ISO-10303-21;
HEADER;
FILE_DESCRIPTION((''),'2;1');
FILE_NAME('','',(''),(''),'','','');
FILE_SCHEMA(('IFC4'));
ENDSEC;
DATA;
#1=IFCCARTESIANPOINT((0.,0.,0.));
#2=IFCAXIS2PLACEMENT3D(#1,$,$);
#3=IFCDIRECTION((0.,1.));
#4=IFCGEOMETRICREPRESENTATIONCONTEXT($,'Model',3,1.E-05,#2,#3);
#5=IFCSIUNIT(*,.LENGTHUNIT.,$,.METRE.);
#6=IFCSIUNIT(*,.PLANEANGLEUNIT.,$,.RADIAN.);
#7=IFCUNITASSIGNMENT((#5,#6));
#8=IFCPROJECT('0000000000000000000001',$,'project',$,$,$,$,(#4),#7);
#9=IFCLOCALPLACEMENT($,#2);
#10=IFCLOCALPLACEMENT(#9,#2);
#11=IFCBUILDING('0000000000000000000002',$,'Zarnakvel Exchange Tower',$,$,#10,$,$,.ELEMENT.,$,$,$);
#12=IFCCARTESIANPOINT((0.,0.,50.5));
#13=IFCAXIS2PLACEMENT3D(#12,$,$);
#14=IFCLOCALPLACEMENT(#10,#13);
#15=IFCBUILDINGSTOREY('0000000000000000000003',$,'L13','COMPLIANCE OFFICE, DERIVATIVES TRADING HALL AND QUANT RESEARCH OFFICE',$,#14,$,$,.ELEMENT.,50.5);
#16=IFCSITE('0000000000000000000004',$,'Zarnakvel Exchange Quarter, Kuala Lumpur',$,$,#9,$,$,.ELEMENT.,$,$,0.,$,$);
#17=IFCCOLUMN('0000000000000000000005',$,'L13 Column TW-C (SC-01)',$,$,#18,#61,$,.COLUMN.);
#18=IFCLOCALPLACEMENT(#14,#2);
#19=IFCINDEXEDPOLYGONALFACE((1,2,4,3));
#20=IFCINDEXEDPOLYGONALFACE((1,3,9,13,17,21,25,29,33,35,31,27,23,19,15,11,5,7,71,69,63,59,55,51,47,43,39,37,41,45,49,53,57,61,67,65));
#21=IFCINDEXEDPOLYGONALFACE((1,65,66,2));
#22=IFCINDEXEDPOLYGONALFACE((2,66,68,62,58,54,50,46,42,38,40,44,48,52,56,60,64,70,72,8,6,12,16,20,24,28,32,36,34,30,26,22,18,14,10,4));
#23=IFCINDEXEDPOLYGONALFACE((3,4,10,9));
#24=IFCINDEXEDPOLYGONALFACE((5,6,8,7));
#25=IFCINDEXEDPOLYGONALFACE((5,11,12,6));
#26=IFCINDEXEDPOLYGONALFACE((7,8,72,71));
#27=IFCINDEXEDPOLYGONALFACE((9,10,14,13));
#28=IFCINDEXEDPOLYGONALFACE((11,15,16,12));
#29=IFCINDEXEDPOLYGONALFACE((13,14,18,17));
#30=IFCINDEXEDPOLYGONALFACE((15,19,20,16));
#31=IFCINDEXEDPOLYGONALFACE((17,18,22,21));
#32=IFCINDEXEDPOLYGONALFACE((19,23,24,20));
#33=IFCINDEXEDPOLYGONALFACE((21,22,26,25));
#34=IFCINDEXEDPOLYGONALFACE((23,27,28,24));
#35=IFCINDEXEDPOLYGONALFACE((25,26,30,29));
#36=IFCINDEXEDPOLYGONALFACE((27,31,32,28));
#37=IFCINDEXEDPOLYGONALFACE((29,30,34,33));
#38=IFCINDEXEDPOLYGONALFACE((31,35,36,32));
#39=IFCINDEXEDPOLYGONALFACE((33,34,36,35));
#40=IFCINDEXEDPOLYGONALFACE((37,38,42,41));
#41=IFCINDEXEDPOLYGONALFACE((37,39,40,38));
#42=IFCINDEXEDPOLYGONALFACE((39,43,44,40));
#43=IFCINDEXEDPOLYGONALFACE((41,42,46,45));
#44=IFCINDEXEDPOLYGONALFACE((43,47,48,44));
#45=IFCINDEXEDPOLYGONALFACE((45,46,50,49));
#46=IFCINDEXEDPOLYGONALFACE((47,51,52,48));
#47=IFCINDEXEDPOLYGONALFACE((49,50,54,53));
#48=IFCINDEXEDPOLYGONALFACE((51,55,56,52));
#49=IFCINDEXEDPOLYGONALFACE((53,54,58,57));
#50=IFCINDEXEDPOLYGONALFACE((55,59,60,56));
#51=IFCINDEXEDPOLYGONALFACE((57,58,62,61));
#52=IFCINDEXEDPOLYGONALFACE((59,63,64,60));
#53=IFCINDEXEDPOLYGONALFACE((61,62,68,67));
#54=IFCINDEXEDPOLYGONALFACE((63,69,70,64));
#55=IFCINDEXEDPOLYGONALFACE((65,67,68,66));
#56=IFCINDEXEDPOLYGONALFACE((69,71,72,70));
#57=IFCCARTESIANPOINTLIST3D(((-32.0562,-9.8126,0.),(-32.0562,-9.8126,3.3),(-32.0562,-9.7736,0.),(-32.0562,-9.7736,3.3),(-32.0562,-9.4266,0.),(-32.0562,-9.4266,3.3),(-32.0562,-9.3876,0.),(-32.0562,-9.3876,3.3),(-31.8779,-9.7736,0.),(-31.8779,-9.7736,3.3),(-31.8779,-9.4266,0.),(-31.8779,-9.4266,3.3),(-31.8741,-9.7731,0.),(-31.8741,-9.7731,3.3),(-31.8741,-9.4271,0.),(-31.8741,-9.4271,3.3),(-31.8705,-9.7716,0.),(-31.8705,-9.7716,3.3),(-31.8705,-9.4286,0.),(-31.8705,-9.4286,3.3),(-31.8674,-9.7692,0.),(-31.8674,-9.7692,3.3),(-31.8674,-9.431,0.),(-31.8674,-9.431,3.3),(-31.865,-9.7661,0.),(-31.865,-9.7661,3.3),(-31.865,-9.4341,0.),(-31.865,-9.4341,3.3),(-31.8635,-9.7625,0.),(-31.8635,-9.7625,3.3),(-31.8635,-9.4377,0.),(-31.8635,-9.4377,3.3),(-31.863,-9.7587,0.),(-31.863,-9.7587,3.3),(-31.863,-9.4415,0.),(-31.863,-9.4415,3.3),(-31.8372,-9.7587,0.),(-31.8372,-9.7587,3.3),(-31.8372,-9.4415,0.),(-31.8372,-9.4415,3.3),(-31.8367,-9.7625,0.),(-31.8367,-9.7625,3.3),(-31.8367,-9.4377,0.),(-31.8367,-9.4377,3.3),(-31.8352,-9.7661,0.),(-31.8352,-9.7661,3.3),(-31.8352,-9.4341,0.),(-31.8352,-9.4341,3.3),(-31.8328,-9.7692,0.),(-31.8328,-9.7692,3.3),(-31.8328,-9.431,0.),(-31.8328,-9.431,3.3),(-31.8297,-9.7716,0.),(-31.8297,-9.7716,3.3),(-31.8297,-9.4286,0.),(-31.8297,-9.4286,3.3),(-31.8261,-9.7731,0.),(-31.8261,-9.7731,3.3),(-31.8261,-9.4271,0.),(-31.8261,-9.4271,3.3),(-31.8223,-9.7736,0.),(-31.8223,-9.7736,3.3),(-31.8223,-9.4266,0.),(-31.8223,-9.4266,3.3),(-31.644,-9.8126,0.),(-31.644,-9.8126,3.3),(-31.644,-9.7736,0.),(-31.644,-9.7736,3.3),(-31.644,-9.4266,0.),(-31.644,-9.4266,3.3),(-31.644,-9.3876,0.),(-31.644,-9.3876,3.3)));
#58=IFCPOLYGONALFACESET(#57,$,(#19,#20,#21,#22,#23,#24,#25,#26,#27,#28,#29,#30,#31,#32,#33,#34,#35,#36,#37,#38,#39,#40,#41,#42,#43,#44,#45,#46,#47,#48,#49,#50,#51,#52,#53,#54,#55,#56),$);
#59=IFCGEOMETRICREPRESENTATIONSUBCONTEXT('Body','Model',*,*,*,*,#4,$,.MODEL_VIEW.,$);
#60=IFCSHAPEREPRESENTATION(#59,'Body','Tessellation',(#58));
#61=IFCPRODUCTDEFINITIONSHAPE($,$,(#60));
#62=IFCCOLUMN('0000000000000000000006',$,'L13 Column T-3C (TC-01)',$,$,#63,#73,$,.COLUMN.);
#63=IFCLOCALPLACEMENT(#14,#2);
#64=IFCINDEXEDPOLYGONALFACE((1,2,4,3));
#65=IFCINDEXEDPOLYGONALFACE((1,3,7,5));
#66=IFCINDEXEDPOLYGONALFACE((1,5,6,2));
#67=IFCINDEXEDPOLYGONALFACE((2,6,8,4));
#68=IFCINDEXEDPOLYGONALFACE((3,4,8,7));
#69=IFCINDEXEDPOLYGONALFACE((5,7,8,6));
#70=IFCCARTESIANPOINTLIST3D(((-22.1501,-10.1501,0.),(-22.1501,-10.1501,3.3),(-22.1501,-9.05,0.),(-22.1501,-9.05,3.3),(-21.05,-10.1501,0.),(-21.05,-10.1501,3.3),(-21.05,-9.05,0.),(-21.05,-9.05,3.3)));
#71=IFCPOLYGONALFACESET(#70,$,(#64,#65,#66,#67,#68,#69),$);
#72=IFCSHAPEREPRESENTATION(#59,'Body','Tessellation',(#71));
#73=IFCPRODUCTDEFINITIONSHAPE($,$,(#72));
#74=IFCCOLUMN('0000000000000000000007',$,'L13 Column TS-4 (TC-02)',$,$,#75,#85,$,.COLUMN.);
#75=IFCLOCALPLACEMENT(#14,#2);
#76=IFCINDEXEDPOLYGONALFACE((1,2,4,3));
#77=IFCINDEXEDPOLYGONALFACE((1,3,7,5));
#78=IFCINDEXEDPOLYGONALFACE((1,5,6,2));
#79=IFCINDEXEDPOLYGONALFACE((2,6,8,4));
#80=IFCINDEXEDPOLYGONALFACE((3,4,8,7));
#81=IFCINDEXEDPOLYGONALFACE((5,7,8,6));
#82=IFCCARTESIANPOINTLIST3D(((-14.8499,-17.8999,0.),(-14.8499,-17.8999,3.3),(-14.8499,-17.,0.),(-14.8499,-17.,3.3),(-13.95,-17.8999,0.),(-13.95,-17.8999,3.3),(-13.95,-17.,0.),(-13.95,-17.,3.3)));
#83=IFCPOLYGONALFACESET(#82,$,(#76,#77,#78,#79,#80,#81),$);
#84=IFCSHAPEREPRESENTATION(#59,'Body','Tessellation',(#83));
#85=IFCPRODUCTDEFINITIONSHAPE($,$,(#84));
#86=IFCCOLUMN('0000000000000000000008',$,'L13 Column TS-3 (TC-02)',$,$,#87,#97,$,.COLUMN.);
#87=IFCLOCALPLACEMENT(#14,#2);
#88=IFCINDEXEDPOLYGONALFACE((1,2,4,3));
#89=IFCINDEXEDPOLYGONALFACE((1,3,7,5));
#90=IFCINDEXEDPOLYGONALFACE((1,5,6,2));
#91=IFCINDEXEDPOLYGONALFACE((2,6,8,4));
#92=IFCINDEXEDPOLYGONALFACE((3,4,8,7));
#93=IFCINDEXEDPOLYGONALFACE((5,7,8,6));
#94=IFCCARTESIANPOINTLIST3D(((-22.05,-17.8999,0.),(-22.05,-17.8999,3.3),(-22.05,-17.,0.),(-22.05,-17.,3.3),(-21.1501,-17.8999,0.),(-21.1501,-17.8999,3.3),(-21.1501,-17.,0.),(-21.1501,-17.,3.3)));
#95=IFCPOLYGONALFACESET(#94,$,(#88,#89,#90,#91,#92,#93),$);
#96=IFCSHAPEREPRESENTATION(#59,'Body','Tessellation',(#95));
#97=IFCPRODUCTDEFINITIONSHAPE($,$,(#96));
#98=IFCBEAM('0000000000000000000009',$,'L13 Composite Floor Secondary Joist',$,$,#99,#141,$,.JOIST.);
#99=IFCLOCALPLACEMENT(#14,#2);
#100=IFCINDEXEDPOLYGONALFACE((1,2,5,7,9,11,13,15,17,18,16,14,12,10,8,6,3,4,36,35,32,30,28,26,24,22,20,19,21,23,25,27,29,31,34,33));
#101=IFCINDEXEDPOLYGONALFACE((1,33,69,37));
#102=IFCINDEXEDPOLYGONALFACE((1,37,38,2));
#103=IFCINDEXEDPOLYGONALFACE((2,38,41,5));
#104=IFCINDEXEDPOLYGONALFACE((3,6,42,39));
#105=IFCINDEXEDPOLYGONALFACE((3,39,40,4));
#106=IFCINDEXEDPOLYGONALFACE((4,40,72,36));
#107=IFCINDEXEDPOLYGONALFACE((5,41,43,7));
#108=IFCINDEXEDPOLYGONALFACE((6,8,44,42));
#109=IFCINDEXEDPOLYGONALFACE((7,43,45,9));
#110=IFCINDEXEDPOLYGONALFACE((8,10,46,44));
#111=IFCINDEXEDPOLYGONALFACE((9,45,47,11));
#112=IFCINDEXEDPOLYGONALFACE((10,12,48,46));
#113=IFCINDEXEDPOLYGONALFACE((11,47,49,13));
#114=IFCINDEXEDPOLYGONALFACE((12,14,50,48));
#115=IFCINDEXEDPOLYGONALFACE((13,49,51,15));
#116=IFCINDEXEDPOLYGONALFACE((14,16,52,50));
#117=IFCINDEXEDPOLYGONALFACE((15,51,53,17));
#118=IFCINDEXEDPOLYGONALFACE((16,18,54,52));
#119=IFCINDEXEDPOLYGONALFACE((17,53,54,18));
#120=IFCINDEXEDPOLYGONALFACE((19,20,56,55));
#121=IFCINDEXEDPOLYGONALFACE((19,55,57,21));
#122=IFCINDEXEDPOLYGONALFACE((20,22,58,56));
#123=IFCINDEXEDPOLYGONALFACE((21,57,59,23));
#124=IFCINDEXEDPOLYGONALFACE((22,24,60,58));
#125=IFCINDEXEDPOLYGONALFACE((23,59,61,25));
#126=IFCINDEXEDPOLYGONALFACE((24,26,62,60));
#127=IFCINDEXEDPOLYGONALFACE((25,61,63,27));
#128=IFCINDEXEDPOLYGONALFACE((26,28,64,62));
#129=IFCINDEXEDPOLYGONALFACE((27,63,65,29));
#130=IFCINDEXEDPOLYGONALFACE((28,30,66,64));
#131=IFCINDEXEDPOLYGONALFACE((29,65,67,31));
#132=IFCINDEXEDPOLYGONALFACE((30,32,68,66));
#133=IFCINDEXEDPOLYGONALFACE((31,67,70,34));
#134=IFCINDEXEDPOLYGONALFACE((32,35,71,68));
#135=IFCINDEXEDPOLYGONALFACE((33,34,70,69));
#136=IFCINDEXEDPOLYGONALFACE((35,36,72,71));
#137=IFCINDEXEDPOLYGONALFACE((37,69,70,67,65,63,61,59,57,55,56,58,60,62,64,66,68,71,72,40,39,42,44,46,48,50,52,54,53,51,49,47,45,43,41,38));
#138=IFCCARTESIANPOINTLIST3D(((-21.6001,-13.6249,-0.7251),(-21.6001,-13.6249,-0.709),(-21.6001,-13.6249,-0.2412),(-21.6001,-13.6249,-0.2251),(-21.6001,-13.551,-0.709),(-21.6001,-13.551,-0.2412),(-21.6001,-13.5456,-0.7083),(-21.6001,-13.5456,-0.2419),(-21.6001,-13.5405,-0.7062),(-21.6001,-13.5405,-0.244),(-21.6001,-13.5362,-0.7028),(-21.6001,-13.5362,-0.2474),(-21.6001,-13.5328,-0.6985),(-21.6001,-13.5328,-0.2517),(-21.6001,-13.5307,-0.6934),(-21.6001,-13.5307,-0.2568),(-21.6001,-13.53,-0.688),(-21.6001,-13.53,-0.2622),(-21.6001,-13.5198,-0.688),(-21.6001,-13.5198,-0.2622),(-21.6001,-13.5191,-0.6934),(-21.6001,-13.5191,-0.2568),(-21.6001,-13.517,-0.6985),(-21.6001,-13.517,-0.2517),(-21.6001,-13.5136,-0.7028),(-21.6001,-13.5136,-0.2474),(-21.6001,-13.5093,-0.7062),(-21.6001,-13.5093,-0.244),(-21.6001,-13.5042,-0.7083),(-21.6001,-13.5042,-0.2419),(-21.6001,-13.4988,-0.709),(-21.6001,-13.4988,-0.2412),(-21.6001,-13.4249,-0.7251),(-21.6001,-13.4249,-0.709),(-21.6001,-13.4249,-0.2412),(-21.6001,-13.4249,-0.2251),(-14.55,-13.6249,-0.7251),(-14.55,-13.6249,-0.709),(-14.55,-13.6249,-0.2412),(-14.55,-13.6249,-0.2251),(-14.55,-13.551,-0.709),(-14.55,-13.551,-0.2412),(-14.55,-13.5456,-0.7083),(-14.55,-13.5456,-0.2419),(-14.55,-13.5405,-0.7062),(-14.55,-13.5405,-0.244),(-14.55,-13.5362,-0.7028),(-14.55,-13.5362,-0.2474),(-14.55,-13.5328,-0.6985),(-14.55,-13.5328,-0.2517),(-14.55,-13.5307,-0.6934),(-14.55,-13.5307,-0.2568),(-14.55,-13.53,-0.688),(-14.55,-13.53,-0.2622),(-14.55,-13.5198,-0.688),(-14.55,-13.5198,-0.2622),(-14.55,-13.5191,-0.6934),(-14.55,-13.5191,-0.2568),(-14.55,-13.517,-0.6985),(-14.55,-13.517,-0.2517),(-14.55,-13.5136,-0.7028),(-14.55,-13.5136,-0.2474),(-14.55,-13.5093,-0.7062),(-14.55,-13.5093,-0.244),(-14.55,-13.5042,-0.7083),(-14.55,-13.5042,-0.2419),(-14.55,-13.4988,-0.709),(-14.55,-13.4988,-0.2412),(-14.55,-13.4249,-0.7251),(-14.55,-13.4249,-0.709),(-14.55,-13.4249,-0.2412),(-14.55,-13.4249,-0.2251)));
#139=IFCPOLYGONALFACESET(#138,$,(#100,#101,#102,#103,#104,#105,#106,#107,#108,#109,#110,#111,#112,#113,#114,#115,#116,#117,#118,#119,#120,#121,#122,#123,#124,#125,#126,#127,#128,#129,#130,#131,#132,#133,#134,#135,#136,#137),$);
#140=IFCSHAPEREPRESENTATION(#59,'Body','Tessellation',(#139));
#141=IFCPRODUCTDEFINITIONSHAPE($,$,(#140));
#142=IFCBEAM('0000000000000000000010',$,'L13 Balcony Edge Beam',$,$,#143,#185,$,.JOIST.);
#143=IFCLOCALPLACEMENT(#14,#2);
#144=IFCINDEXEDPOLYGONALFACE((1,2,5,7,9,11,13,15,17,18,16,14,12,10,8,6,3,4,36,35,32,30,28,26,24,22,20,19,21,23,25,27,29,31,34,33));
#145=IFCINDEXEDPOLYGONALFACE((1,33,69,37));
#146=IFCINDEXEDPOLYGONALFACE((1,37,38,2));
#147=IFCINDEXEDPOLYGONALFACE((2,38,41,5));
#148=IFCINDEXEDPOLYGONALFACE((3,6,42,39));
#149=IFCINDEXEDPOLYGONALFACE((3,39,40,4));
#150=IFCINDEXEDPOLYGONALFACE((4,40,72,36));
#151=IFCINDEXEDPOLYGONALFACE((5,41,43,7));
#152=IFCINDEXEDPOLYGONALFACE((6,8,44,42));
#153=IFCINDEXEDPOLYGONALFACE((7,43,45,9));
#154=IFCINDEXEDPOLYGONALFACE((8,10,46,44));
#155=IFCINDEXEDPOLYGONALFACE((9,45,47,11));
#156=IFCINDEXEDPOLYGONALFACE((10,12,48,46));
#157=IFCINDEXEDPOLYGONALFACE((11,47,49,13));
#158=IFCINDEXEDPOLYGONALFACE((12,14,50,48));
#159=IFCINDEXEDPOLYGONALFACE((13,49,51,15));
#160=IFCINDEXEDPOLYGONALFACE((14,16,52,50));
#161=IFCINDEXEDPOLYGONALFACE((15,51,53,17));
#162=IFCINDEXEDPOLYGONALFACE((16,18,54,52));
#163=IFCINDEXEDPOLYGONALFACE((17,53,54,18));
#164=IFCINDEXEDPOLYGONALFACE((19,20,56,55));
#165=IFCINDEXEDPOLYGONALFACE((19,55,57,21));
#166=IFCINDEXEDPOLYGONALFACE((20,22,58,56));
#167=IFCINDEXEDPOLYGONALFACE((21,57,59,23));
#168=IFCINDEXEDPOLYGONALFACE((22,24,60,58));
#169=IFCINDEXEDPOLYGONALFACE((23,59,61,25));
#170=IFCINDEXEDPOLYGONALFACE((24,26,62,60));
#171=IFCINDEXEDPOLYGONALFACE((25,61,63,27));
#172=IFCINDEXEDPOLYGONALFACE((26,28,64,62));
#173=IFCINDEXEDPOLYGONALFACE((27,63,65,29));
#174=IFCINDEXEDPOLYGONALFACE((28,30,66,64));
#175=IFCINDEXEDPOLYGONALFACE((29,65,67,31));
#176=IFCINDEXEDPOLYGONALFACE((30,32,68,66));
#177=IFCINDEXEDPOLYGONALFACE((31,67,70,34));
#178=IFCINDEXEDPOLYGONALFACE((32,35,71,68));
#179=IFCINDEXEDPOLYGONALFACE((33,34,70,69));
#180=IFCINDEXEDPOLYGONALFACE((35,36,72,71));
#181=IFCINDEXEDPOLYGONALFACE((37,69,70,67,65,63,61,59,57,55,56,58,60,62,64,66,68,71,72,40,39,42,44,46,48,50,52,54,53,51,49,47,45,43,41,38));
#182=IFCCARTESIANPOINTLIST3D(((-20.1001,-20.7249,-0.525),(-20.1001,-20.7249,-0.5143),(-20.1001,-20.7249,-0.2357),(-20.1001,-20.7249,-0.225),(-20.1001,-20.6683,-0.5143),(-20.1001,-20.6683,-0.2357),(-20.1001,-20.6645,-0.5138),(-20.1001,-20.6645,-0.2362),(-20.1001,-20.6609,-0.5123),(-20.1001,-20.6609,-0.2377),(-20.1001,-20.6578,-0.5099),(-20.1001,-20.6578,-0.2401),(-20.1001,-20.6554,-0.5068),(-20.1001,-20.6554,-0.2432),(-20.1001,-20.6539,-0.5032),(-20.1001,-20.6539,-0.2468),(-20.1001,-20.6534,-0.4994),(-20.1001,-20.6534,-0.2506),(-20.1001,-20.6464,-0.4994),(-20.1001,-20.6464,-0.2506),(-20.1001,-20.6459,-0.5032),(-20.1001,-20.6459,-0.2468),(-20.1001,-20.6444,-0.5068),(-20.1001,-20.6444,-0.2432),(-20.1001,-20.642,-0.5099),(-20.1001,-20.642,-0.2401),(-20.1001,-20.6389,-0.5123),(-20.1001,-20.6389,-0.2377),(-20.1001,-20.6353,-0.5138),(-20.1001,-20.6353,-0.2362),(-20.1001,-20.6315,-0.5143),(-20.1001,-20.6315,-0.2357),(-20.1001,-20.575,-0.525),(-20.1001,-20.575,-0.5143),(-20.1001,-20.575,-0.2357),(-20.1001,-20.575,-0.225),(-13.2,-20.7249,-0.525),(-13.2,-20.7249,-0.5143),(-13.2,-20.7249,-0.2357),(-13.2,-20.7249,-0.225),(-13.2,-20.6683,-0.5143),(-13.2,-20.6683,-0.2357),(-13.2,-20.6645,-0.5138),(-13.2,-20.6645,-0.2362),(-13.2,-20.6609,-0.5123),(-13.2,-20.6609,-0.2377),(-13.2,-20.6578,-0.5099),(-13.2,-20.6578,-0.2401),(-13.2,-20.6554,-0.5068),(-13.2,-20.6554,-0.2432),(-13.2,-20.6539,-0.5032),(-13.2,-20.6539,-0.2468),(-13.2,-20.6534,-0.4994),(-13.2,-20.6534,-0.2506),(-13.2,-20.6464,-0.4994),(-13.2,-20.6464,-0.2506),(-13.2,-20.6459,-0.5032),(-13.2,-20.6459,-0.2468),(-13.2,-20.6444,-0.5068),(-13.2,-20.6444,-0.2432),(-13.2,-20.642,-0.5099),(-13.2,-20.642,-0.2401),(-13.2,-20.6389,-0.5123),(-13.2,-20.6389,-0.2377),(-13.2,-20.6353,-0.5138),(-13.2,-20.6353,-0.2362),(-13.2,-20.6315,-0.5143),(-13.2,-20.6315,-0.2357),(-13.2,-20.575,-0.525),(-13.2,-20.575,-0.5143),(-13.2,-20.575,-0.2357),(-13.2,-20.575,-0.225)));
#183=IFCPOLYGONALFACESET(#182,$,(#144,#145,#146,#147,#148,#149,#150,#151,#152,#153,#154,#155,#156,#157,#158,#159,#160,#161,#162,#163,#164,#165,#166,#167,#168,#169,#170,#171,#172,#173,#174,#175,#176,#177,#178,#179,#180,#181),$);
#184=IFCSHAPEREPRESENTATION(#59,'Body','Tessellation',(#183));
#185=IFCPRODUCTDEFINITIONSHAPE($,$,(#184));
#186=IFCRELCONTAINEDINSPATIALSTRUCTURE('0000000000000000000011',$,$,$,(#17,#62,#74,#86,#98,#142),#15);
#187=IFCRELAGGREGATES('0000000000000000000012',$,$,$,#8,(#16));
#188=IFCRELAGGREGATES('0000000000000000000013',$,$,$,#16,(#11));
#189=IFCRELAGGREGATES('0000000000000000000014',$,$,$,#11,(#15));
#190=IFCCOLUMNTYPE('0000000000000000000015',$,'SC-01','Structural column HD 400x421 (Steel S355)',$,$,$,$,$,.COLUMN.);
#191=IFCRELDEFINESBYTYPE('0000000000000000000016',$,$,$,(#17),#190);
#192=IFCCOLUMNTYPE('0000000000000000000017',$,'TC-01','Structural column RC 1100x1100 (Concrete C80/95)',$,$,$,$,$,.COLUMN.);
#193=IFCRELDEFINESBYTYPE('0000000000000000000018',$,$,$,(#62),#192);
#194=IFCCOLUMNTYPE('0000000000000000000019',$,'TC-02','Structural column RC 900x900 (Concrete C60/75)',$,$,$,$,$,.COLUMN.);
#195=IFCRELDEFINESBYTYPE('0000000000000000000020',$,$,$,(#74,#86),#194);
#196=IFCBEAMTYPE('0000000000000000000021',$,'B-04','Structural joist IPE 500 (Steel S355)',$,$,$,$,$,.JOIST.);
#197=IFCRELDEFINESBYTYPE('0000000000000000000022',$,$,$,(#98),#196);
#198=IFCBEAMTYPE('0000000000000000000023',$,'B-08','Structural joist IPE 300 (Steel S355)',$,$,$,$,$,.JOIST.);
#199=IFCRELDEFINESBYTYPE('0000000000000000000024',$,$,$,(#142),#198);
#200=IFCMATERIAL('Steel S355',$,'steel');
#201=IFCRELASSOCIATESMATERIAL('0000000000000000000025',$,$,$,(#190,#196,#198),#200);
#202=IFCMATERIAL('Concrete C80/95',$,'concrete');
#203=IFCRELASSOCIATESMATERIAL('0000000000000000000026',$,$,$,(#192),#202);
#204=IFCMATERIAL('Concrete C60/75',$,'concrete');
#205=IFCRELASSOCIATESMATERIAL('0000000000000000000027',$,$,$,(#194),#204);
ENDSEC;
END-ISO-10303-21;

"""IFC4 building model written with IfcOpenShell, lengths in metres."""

from ifc_helpers import new_model, si_unit, direction, frame, origin, origin_2d, place, context, subcontext, project, spatial, rectangle, i_section, extrude, material, material_profile, profile_set, type_object, element, save


model = new_model("IFC4")

# Units and contexts
model_context = context("Model", 3, precision=1e-05, world=origin(), true_north=direction((0.0, 1.0)))
body_context = subcontext(model_context, "Body", "Model", "MODEL_VIEW")
ifc_project = project(units=[si_unit("LENGTHUNIT", "METRE"), si_unit("PLANEANGLEUNIT", "RADIAN")], contexts=[model_context])

# Site, building, storey
site_placement = place(None, origin())
site = spatial("IfcSite", under=ifc_project, at=site_placement, Name="Zarnakvel Exchange Quarter, Kuala Lumpur", CompositionType="ELEMENT", RefElevation=0.0)
building_placement = place(site_placement, origin())
building = spatial("IfcBuilding", under=site, at=building_placement, Name="Zarnakvel Exchange Tower", CompositionType="ELEMENT")
storey_placement = place(building_placement, frame((0.0, 0.0, 50.5)))
storey = spatial("IfcBuildingStorey", under=building, at=storey_placement, Name="L13", Description="COMPLIANCE OFFICE, DERIVATIVES TRADING HALL AND QUANT RESEARCH OFFICE", CompositionType="ELEMENT", Elevation=50.5)

# Columns
ifc_material_1 = material(Name="Steel S355", Category="steel")
ifc_material_profile_1 = material_profile(ifc_material_1, i_section(OverallWidth=0.4121, OverallDepth=0.425, WebThickness=0.0259, FlangeThickness=0.0391, FilletRadius=0.0149, at=origin_2d()))
ifc_profile_set_1 = profile_set([ifc_material_profile_1], Name="Steel S355")
column_type_1 = type_object("IfcColumnType", Name="SC-01", Description="Structural column HD 400x421 (Steel S355)", PredefinedType="COLUMN", material=ifc_profile_set_1)
column_1_placement = place(storey_placement, frame((-31.8501, -9.6001, 0.0), z_axis=(0.0, 0.0, 1.0), x_axis=(1.0, 0.0, 0.0)))
element("IfcColumn", 1, at=column_1_placement, inside=storey, type_object=column_type_1, Name="L13 Column TW-C (SC-01)", PredefinedType="COLUMN", context=body_context, shape_type="SweptSolid", body=[
    extrude(i_section(OverallWidth=0.4121, OverallDepth=0.425, WebThickness=0.0259, FlangeThickness=0.0391, FilletRadius=0.0149, at=origin_2d()), origin(), (0.0, 0.0, 1.0), 3.3),
])
ifc_material_2 = material(Name="Concrete C80/95", Category="concrete")
ifc_material_profile_2 = material_profile(ifc_material_2, rectangle(XDim=1.1001, YDim=1.1001, at=origin_2d()))
ifc_profile_set_2 = profile_set([ifc_material_profile_2], Name="Concrete C80/95")
column_type_2 = type_object("IfcColumnType", Name="TC-01", Description="Structural column RC 1100x1100 (Concrete C80/95)", PredefinedType="COLUMN", material=ifc_profile_set_2)
column_2_placement = place(storey_placement, frame((-21.6001, -9.6001, 0.0), z_axis=(0.0, 0.0, 1.0), x_axis=(1.0, 0.0, 0.0)))
element("IfcColumn", 2, at=column_2_placement, inside=storey, type_object=column_type_2, Name="L13 Column T-3C (TC-01)", PredefinedType="COLUMN", context=body_context, shape_type="SweptSolid", body=[
    extrude(rectangle(XDim=1.1001, YDim=1.1001, at=origin_2d()), origin(), (0.0, 0.0, 1.0), 3.3),
])
ifc_material_3 = material(Name="Concrete C60/75", Category="concrete")
ifc_material_profile_3 = material_profile(ifc_material_3, rectangle(XDim=0.8999, YDim=0.8999, at=origin_2d()))
ifc_profile_set_3 = profile_set([ifc_material_profile_3], Name="Concrete C60/75")
column_type_3 = type_object("IfcColumnType", Name="TC-02", Description="Structural column RC 900x900 (Concrete C60/75)", PredefinedType="COLUMN", material=ifc_profile_set_3)
for number, where, z_axis, x_axis, name in (
    (3, (-14.3999, -17.45, 0.0), (0.0, 0.0, 1.0), (1.0, 0.0, 0.0), "L13 Column TS-4 (TC-02)"),
    (4, (-21.6001, -17.45, 0.0), (0.0, 0.0, 1.0), (1.0, 0.0, 0.0), "L13 Column TS-3 (TC-02)"),
):
    element("IfcColumn", number, at=place(storey_placement, frame(where, z_axis=z_axis, x_axis=x_axis)), inside=storey, type_object=column_type_3, Name=name, PredefinedType="COLUMN", context=body_context, shape_type="SweptSolid", body=[
        extrude(rectangle(XDim=0.8999, YDim=0.8999, at=origin_2d()), origin(), (0.0, 0.0, 1.0), 3.3),
    ])

# Beams
ifc_material_profile_4 = material_profile(ifc_material_1, i_section(OverallWidth=0.2, OverallDepth=0.5, WebThickness=0.0103, FlangeThickness=0.0161, FilletRadius=0.021, at=origin_2d()))
ifc_profile_set_4 = profile_set([ifc_material_profile_4], Name="Steel S355")
beam_type_1 = type_object("IfcBeamType", Name="B-04", Description="Structural joist IPE 500 (Steel S355)", PredefinedType="JOIST", material=ifc_profile_set_4)
beam_1_placement = place(storey_placement, frame((-21.6001, -13.5249, -0.4751), z_axis=(1.0, 0.0, 0.0), x_axis=(0.0, 1.0, 0.0)))
element("IfcBeam", 5, at=beam_1_placement, inside=storey, type_object=beam_type_1, Name="L13 Composite Floor Secondary Joist", PredefinedType="JOIST", context=body_context, shape_type="SweptSolid", body=[
    extrude(i_section(OverallWidth=0.2, OverallDepth=0.5, WebThickness=0.0103, FlangeThickness=0.0161, FilletRadius=0.021, at=origin_2d()), origin(), (0.0, 0.0, 1.0), 7.05),
])
ifc_material_profile_5 = material_profile(ifc_material_1, i_section(OverallWidth=0.1499, OverallDepth=0.3, WebThickness=0.0071, FlangeThickness=0.0107, FilletRadius=0.0149, at=origin_2d()))
ifc_profile_set_5 = profile_set([ifc_material_profile_5], Name="Steel S355")
beam_type_2 = type_object("IfcBeamType", Name="B-08", Description="Structural joist IPE 300 (Steel S355)", PredefinedType="JOIST", material=ifc_profile_set_5)
beam_2_placement = place(storey_placement, frame((-20.1001, -20.6499, -0.375), z_axis=(1.0, 0.0, 0.0), x_axis=(0.0, 1.0, 0.0)))
element("IfcBeam", 6, at=beam_2_placement, inside=storey, type_object=beam_type_2, Name="L13 Balcony Edge Beam", PredefinedType="JOIST", context=body_context, shape_type="SweptSolid", body=[
    extrude(i_section(OverallWidth=0.1499, OverallDepth=0.3, WebThickness=0.0071, FlangeThickness=0.0107, FilletRadius=0.0149, at=origin_2d()), origin(), (0.0, 0.0, 1.0), 6.9001),
])

save(model, "model.ifc")
